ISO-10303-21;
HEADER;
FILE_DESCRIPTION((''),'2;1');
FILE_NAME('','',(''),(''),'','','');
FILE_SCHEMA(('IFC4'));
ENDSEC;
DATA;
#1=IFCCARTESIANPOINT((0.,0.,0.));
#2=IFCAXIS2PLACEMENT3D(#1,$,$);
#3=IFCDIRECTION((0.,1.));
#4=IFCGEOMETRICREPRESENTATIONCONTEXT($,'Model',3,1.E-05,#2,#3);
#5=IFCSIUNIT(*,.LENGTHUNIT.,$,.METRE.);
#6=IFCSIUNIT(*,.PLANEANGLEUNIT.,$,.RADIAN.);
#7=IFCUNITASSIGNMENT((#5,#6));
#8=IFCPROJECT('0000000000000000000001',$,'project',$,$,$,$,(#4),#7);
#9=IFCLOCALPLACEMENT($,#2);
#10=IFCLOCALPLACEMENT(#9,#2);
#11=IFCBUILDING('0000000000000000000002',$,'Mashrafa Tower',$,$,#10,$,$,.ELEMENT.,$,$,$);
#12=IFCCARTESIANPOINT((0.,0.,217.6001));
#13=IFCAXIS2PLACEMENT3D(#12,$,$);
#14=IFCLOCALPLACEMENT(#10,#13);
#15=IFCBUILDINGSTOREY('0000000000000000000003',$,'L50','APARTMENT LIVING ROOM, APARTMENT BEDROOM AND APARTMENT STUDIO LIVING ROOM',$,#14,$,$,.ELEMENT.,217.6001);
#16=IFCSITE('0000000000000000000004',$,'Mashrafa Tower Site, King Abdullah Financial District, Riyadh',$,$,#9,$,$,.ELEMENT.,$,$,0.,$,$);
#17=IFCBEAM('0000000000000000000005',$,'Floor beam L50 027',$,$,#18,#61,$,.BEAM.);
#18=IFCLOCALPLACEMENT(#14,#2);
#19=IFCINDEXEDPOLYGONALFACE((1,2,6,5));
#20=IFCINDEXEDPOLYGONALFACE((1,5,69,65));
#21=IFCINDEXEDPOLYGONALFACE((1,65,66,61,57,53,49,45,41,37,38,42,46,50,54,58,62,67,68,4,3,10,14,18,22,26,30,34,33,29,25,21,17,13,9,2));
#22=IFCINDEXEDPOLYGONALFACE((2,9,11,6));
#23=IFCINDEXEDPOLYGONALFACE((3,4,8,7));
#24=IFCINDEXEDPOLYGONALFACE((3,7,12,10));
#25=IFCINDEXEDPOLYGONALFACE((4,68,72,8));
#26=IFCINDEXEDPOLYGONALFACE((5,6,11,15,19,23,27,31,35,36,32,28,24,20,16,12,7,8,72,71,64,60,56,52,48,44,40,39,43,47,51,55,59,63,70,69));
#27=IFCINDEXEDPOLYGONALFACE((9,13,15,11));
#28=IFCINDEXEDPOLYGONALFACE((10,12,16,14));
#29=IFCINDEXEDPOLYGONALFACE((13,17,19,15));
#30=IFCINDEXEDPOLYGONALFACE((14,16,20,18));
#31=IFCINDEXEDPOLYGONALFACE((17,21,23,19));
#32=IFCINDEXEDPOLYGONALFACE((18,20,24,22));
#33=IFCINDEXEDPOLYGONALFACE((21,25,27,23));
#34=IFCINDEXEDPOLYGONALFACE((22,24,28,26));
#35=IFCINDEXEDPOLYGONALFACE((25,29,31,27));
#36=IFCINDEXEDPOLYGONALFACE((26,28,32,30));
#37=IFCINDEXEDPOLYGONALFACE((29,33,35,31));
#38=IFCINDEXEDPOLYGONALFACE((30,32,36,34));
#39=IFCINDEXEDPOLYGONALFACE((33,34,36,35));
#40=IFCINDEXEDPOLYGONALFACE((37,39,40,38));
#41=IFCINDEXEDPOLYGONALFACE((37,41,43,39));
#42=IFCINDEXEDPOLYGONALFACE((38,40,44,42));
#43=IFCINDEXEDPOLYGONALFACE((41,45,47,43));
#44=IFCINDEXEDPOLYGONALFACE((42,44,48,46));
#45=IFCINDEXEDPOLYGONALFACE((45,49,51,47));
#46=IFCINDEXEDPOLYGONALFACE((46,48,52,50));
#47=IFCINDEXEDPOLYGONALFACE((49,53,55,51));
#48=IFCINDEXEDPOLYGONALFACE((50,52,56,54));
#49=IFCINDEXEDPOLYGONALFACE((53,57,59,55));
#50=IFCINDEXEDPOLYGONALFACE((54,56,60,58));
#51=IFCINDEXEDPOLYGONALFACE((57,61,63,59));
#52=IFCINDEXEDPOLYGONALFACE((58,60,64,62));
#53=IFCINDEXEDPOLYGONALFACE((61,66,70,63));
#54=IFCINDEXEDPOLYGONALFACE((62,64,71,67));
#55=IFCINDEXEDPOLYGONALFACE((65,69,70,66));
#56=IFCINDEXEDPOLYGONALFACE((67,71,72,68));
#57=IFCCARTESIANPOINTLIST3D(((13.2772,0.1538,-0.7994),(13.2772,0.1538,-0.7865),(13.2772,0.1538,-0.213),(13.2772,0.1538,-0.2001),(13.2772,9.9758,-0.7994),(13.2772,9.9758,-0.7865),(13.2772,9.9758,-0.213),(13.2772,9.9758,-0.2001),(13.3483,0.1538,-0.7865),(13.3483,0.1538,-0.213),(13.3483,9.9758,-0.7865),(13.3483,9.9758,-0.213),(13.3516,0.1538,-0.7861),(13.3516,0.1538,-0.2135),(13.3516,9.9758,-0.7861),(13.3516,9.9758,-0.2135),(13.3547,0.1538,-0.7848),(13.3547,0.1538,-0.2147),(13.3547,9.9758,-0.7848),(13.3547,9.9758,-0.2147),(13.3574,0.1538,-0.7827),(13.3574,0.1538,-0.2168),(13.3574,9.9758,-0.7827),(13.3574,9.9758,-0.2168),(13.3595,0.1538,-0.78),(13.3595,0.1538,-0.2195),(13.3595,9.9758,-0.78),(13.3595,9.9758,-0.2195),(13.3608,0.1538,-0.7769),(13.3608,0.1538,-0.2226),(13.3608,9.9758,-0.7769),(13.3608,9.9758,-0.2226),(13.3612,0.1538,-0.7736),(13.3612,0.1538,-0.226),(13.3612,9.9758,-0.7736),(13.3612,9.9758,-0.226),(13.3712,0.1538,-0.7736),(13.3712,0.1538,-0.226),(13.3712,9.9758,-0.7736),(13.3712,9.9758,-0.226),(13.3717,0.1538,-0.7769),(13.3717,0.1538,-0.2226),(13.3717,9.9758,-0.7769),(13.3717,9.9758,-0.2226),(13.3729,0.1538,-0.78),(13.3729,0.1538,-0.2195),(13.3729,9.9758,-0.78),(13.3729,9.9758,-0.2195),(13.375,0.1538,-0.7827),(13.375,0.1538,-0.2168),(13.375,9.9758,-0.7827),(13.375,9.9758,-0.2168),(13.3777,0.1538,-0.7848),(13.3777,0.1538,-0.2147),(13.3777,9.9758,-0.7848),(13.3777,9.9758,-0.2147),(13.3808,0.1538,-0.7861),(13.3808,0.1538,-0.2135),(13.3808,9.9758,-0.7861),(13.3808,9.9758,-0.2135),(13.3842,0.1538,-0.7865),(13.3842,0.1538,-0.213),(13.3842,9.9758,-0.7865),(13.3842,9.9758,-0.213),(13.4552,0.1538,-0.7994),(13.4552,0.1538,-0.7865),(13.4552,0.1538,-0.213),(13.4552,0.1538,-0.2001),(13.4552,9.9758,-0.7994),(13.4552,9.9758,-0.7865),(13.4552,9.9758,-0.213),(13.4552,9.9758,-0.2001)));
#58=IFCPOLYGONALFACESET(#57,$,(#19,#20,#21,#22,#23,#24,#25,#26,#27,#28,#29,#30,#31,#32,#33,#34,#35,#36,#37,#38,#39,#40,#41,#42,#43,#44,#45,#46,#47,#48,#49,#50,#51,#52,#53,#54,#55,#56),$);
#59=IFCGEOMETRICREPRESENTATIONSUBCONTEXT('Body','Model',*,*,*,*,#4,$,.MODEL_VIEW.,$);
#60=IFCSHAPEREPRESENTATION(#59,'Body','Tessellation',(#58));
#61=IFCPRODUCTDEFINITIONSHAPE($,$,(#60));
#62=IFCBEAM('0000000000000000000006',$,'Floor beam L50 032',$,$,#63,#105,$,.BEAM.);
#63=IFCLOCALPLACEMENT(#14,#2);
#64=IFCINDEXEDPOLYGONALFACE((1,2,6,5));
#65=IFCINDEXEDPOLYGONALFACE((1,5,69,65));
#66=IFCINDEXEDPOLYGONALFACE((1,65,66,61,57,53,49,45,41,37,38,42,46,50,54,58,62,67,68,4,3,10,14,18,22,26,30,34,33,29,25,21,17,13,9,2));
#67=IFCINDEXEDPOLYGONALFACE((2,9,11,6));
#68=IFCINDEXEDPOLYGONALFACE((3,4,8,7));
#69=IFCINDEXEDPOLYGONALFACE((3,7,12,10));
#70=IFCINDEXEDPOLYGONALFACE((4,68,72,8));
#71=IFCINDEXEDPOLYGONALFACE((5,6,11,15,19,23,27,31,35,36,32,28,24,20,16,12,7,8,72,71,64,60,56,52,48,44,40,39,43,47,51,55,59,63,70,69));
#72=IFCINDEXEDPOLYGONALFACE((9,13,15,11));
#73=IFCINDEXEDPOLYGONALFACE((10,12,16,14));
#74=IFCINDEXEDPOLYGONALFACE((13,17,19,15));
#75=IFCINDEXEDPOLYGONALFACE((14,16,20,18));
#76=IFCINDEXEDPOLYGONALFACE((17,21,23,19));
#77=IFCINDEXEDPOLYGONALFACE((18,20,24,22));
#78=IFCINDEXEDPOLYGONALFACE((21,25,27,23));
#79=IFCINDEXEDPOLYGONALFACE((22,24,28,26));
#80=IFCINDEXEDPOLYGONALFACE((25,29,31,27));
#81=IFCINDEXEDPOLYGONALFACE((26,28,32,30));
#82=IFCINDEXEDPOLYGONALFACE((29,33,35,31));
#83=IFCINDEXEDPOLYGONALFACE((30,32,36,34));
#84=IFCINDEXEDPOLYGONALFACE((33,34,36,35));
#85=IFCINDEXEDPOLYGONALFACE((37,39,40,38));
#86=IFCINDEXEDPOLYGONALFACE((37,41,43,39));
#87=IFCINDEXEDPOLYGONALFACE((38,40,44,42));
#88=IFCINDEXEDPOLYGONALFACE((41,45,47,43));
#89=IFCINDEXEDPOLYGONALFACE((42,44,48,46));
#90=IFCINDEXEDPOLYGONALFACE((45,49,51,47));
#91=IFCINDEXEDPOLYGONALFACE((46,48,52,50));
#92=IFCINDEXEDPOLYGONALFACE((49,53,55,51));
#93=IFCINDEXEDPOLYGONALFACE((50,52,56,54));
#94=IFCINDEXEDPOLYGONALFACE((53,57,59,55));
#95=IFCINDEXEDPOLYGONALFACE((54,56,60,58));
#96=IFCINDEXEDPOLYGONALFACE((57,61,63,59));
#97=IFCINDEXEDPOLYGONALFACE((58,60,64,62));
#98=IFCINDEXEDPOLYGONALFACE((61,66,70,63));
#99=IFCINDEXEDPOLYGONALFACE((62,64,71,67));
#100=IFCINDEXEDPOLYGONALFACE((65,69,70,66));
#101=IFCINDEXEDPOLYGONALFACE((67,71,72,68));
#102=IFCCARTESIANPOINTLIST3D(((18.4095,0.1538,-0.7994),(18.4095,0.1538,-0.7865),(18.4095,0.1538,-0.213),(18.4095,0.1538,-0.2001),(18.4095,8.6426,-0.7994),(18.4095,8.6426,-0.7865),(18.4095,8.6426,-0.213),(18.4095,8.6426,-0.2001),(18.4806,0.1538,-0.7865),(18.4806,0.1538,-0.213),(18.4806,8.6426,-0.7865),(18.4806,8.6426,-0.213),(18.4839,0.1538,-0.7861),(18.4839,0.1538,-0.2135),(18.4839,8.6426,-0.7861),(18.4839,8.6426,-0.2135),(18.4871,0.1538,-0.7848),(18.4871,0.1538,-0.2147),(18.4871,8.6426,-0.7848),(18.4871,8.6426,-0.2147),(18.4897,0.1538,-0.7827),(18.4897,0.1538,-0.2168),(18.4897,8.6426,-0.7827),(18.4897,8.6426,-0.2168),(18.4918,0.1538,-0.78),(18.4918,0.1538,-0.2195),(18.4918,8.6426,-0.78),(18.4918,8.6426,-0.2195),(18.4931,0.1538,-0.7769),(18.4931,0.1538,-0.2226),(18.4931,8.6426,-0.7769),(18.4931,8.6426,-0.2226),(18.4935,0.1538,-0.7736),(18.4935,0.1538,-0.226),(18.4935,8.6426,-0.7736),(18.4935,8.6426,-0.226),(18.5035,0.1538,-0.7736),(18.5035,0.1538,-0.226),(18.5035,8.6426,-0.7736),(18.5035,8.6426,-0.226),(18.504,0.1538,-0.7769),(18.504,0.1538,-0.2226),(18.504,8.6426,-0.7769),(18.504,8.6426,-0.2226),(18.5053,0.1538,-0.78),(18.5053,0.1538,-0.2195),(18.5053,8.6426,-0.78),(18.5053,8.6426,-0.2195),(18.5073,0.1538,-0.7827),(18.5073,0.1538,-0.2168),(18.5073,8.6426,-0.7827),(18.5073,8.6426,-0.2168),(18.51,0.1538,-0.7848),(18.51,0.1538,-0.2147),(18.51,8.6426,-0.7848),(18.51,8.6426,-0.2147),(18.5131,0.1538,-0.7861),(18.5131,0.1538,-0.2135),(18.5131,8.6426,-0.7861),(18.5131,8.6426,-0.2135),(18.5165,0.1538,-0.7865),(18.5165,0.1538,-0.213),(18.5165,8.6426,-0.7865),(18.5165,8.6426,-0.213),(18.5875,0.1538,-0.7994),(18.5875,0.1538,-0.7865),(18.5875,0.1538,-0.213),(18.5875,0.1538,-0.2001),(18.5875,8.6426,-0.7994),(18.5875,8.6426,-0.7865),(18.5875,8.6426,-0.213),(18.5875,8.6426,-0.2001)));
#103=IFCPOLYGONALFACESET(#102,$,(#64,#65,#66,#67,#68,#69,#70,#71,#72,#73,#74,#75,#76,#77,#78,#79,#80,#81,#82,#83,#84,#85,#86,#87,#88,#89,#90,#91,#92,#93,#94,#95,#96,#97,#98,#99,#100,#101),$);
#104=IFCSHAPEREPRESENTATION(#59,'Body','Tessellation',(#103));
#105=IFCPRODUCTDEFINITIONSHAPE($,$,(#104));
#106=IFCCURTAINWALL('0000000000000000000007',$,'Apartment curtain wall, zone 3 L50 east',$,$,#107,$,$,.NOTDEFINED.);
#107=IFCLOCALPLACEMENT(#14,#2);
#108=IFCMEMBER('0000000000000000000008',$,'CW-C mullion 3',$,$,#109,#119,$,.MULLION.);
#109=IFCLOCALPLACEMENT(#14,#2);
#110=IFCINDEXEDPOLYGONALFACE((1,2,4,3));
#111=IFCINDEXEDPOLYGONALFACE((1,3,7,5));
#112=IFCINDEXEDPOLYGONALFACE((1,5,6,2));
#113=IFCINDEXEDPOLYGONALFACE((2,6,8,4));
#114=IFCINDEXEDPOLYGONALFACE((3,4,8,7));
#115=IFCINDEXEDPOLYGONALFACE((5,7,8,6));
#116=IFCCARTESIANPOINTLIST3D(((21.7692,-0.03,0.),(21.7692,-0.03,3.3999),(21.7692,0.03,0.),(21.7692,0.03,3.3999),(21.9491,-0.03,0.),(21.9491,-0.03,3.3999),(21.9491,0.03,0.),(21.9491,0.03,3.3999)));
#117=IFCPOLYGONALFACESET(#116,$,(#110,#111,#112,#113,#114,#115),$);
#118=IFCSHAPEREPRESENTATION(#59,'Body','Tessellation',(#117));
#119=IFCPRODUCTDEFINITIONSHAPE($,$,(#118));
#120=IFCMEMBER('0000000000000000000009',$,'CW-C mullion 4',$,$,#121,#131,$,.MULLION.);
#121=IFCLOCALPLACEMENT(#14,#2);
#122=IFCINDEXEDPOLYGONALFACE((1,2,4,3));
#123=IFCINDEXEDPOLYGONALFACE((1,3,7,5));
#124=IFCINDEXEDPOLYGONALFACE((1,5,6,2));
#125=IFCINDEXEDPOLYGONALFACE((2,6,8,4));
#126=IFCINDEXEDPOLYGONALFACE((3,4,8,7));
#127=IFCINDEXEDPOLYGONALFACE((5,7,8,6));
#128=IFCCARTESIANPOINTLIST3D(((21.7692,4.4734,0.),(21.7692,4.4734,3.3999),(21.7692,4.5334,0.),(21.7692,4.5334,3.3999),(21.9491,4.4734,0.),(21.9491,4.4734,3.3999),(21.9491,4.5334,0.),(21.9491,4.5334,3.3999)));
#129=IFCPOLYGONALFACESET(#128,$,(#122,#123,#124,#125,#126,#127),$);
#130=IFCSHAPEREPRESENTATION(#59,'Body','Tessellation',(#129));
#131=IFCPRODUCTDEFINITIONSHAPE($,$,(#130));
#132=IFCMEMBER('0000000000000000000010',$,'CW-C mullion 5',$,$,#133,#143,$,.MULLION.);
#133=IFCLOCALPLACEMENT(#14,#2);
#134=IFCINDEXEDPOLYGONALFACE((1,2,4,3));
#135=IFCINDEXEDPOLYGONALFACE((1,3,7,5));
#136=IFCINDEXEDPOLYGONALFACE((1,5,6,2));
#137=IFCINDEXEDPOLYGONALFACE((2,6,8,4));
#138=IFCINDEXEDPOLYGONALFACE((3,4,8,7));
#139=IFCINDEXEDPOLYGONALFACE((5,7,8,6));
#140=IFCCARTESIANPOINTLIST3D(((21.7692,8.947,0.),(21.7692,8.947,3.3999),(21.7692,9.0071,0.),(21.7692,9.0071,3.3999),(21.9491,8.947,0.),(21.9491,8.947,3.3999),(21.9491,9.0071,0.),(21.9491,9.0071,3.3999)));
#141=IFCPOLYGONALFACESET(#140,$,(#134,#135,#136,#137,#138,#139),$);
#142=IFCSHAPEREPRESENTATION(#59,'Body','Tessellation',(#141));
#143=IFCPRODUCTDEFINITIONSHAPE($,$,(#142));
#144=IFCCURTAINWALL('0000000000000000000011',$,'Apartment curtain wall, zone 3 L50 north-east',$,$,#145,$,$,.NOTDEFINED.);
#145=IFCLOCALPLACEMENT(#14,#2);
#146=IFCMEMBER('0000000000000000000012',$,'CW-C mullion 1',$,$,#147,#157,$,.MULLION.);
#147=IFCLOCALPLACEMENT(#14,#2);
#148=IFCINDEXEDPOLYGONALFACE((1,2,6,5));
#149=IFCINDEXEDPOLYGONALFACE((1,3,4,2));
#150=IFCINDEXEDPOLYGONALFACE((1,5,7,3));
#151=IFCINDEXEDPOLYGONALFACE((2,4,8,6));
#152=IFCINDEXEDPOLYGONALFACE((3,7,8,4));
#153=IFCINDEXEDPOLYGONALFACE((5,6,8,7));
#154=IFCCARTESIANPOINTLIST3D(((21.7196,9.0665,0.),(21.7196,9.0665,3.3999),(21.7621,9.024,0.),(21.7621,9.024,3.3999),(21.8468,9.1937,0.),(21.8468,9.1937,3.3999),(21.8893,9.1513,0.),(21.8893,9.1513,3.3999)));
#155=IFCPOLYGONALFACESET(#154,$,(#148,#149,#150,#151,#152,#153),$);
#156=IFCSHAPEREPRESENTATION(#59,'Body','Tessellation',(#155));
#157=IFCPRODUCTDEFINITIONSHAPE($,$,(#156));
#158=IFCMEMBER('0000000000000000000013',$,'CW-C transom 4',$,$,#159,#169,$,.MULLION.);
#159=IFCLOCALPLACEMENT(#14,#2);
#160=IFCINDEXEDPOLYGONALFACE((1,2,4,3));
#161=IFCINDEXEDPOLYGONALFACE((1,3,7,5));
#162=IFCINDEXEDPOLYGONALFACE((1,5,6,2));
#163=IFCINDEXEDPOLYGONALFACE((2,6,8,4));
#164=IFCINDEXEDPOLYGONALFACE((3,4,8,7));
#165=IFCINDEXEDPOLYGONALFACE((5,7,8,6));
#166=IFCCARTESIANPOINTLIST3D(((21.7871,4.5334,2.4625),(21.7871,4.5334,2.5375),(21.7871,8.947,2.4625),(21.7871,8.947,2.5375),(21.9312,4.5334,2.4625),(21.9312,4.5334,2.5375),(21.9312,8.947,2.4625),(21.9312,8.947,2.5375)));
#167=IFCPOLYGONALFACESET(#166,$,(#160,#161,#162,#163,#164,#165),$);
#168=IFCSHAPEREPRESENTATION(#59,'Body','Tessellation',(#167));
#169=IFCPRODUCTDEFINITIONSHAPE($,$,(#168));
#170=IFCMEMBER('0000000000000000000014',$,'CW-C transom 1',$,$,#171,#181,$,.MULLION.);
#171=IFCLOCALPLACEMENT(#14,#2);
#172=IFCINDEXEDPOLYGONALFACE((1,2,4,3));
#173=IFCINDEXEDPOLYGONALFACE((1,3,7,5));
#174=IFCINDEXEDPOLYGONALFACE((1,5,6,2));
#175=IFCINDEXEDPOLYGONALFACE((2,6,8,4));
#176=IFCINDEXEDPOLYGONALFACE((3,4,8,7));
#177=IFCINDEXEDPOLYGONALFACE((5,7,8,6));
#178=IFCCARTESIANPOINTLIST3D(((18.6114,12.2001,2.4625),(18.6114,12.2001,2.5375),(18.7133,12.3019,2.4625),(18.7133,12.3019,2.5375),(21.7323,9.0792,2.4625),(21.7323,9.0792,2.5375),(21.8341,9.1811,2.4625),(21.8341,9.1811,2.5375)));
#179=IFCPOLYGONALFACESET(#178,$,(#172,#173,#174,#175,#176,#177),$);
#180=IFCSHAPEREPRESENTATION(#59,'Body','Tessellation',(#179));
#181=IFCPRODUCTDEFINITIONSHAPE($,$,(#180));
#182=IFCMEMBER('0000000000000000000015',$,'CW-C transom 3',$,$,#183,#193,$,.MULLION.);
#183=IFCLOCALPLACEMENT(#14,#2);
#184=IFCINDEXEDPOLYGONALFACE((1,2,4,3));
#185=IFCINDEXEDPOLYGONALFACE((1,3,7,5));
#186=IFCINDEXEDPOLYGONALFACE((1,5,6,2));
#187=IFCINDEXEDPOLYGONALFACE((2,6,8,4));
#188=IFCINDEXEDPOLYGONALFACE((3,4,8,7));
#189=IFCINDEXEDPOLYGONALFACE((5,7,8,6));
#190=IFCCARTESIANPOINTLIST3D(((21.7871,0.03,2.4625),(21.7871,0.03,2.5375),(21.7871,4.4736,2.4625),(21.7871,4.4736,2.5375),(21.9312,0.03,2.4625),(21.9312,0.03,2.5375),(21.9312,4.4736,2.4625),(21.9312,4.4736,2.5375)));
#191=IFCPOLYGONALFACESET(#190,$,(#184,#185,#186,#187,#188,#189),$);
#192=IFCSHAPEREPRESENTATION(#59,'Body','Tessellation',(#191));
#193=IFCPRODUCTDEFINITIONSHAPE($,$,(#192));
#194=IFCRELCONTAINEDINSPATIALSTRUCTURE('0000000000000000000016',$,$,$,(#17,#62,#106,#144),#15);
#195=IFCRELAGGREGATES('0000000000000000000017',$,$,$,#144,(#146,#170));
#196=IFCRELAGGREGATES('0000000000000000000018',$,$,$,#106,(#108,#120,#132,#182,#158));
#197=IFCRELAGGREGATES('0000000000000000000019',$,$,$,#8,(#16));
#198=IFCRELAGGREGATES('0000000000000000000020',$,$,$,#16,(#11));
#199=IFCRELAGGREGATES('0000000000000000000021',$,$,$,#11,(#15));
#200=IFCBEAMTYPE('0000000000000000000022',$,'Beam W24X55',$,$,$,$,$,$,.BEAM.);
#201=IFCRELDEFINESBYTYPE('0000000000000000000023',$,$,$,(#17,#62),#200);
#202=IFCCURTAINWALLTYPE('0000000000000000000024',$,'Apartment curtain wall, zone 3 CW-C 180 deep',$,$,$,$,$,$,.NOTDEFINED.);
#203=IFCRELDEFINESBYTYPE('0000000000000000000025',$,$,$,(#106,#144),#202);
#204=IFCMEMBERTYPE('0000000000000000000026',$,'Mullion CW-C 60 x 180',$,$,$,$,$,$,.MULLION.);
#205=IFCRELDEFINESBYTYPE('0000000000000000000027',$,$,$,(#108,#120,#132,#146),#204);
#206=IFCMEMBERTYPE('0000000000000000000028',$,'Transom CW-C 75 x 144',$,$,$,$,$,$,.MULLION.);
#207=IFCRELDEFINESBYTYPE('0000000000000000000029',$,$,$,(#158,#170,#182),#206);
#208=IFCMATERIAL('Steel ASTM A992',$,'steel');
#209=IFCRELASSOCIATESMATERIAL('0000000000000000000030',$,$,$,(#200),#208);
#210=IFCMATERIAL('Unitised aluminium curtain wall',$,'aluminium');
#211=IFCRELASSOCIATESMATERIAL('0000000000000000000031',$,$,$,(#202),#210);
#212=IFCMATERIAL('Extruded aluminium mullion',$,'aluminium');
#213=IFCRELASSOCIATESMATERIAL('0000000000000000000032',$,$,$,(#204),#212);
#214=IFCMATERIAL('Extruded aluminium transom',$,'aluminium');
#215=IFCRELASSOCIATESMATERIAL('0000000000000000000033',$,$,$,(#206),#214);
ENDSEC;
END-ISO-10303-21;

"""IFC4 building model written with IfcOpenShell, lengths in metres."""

from ifc_helpers import new_model, si_unit, direction, frame, origin, origin_2d, place, context, subcontext, project, spatial, rectangle, i_section, extrude, source, transform, mapped, material, material_profile, profile_set, type_object, type_shapes, element, aggregate, save


model = new_model("IFC4")

# Units and contexts
model_context = context("Model", 3, precision=1e-05, world=origin(), true_north=direction((0.0, 1.0)))
body_context = subcontext(model_context, "Body", "Model", "MODEL_VIEW")
ifc_project = project(units=[si_unit("LENGTHUNIT", "METRE"), si_unit("PLANEANGLEUNIT", "RADIAN")], contexts=[model_context])

# Site, building, storey
site_placement = place(None, origin())
site = spatial("IfcSite", under=ifc_project, at=site_placement, Name="Mashrafa Tower Site, King Abdullah Financial District, Riyadh", CompositionType="ELEMENT", RefElevation=0.0)
building_placement = place(site_placement, origin())
building = spatial("IfcBuilding", under=site, at=building_placement, Name="Mashrafa Tower", CompositionType="ELEMENT")
storey_placement = place(building_placement, frame((0.0, 0.0, 217.6001)))
storey = spatial("IfcBuildingStorey", under=building, at=storey_placement, Name="L50", Description="APARTMENT LIVING ROOM, APARTMENT BEDROOM AND APARTMENT STUDIO LIVING ROOM", CompositionType="ELEMENT", Elevation=217.6001)

# Beams
ifc_material_1 = material(Name="Steel ASTM A992", Category="steel")
ifc_material_profile_1 = material_profile(ifc_material_1, i_section(OverallWidth=0.178, OverallDepth=0.5994, WebThickness=0.01, FlangeThickness=0.0129, FilletRadius=0.0129, at=origin_2d()), Name="W24X55")
ifc_profile_set_1 = profile_set([ifc_material_profile_1], Name="Steel ASTM A992")
beam_type_1 = type_object("IfcBeamType", Name="Beam W24X55", PredefinedType="BEAM", material=ifc_profile_set_1)
beam_1_placement = place(storey_placement, frame((13.3662, 9.9758, -0.4998), z_axis=(0.0, -1.0, 0.0), x_axis=(1.0, 0.0, 0.0)))
element("IfcBeam", 1, at=beam_1_placement, inside=storey, type_object=beam_type_1, Name="Floor beam L50 027", PredefinedType="BEAM", context=body_context, shape_type="SweptSolid", body=[
    extrude(i_section(OverallWidth=0.178, OverallDepth=0.5994, WebThickness=0.01, FlangeThickness=0.0129, FilletRadius=0.0129, at=origin_2d()), origin(), (0.0, 0.0, 1.0), 9.822),
])
beam_2_placement = place(storey_placement, frame((18.4985, 8.6426, -0.4998), z_axis=(0.0, -1.0, 0.0), x_axis=(1.0, 0.0, 0.0)))
element("IfcBeam", 2, at=beam_2_placement, inside=storey, type_object=beam_type_1, Name="Floor beam L50 032", PredefinedType="BEAM", context=body_context, shape_type="SweptSolid", body=[
    extrude(i_section(OverallWidth=0.178, OverallDepth=0.5994, WebThickness=0.01, FlangeThickness=0.0129, FilletRadius=0.0129, at=origin_2d()), origin(), (0.0, 0.0, 1.0), 8.4888),
])

# Curtain wall, members
ifc_material_2 = material(Name="Unitised aluminium curtain wall", Category="aluminium")
curtain_wall_type = type_object("IfcCurtainWallType", Name="Apartment curtain wall, zone 3 CW-C 180 deep", PredefinedType="NOTDEFINED", material=ifc_material_2)
curtain_wall_1_placement = place(storey_placement, origin())
curtain_wall_1 = element("IfcCurtainWall", 3, at=curtain_wall_1_placement, inside=storey, type_object=curtain_wall_type, Name="Apartment curtain wall, zone 3 L50 east", PredefinedType="NOTDEFINED")
ifc_material_3 = material(Name="Extruded aluminium mullion", Category="aluminium")
ifc_material_profile_2 = material_profile(ifc_material_3, rectangle(XDim=0.1799, YDim=0.0601, at=origin_2d()), Name="Mullion 60x180")
ifc_profile_set_2 = profile_set([ifc_material_profile_2], Name="Extruded aluminium mullion")
member_type_1 = type_object("IfcMemberType", Name="Mullion CW-C 60 x 180", PredefinedType="MULLION", material=ifc_profile_set_2)
shared_shape_1 = source(origin(), body_context, "Body", "SweptSolid", [
    extrude(rectangle(XDim=0.1799, YDim=0.0601, at=origin_2d()), origin(), (0.0, 0.0, 1.0), 3.3999),
])
type_shapes(member_type_1, [shared_shape_1])
member_1_placement = place(storey_placement, frame((21.8591, 0.0, 0.0), z_axis=(0.0, 0.0, 1.0), x_axis=(-1.0, 0.0, 0.0)))
member_1 = element("IfcMember", 4, at=member_1_placement, type_object=member_type_1, Name="CW-C mullion 3", PredefinedType="MULLION", context=body_context, shape_type="MappedRepresentation", body=[
    mapped(shared_shape_1, transform((0.0, 0.0, 0.0))),
])
member_2_placement = place(storey_placement, frame((21.8591, 4.5034, 0.0), z_axis=(0.0, 0.0, 1.0), x_axis=(-1.0, 0.0, 0.0)))
member_2 = element("IfcMember", 5, at=member_2_placement, type_object=member_type_1, Name="CW-C mullion 4", PredefinedType="MULLION", context=body_context, shape_type="MappedRepresentation", body=[
    mapped(shared_shape_1, transform((0.0, 0.0, 0.0))),
])
member_3_placement = place(storey_placement, frame((21.8591, 8.9771, 0.0), z_axis=(0.0, 0.0, 1.0), x_axis=(-1.0, 0.0, 0.0)))
member_3 = element("IfcMember", 6, at=member_3_placement, type_object=member_type_1, Name="CW-C mullion 5", PredefinedType="MULLION", context=body_context, shape_type="MappedRepresentation", body=[
    mapped(shared_shape_1, transform((0.0, 0.0, 0.0))),
])

# Curtain wall, member
curtain_wall_2_placement = place(storey_placement, origin())
curtain_wall_2 = element("IfcCurtainWall", 7, at=curtain_wall_2_placement, inside=storey, type_object=curtain_wall_type, Name="Apartment curtain wall, zone 3 L50 north-east", PredefinedType="NOTDEFINED")
member_4_placement = place(storey_placement, frame((21.8044, 9.1089, 0.0), z_axis=(0.0, 0.0, 1.0), x_axis=(-0.707107, -0.707107, 0.0)))
member_4 = element("IfcMember", 8, at=member_4_placement, type_object=member_type_1, Name="CW-C mullion 1", PredefinedType="MULLION", context=body_context, shape_type="MappedRepresentation", body=[
    mapped(shared_shape_1, transform((0.0, 0.0, 0.0))),
])

# Members
ifc_material_4 = material(Name="Extruded aluminium transom", Category="aluminium")
ifc_material_profile_3 = material_profile(ifc_material_4, rectangle(XDim=0.144, YDim=0.075, at=origin_2d()), Name="Transom 75x144")
ifc_profile_set_3 = profile_set([ifc_material_profile_3], Name="Extruded aluminium transom")
member_type_2 = type_object("IfcMemberType", Name="Transom CW-C 75 x 144", PredefinedType="MULLION", material=ifc_profile_set_3)
shared_shape_2 = source(origin(), body_context, "Body", "SweptSolid", [
    extrude(rectangle(XDim=0.144, YDim=0.075, at=origin_2d()), origin(), (0.0, 0.0, 1.0), 4.4136),
])
member_5_placement = place(storey_placement, frame((21.8591, 4.5334, 2.5), z_axis=(0.0, 1.0, 0.0), x_axis=(-1.0, 0.0, 0.0)))
member_5 = element("IfcMember", 9, at=member_5_placement, type_object=member_type_2, Name="CW-C transom 4", PredefinedType="MULLION", context=body_context, shape_type="MappedRepresentation", body=[
    mapped(shared_shape_2, transform((0.0, 0.0, 0.0))),
])
member_6_placement = place(storey_placement, frame((21.7832, 9.1301, 2.5), z_axis=(-0.707107, 0.707107, 0.0), x_axis=(-0.707107, -0.707107, 0.0)))
member_6 = element("IfcMember", 10, at=member_6_placement, type_object=member_type_2, Name="CW-C transom 1", PredefinedType="MULLION", context=body_context, shape_type="MappedRepresentation", body=[
    mapped(shared_shape_2, transform((0.0, 0.0, 0.0))),
])
shared_shape_3 = source(origin(), body_context, "Body", "SweptSolid", [
    extrude(rectangle(XDim=0.144, YDim=0.075, at=origin_2d()), origin(), (0.0, 0.0, 1.0), 4.4436),
])
type_shapes(member_type_2, [shared_shape_2, shared_shape_3])
member_7_placement = place(storey_placement, frame((21.8591, 0.03, 2.5), z_axis=(0.0, 1.0, 0.0), x_axis=(-1.0, 0.0, 0.0)))
member_7 = element("IfcMember", 11, at=member_7_placement, type_object=member_type_2, Name="CW-C transom 3", PredefinedType="MULLION", context=body_context, shape_type="MappedRepresentation", body=[
    mapped(shared_shape_3, transform((0.0, 0.0, 0.0))),
])

aggregate(curtain_wall_2, [member_4, member_6])
aggregate(curtain_wall_1, [member_1, member_2, member_3, member_7, member_5])

save(model, "model.ifc")
